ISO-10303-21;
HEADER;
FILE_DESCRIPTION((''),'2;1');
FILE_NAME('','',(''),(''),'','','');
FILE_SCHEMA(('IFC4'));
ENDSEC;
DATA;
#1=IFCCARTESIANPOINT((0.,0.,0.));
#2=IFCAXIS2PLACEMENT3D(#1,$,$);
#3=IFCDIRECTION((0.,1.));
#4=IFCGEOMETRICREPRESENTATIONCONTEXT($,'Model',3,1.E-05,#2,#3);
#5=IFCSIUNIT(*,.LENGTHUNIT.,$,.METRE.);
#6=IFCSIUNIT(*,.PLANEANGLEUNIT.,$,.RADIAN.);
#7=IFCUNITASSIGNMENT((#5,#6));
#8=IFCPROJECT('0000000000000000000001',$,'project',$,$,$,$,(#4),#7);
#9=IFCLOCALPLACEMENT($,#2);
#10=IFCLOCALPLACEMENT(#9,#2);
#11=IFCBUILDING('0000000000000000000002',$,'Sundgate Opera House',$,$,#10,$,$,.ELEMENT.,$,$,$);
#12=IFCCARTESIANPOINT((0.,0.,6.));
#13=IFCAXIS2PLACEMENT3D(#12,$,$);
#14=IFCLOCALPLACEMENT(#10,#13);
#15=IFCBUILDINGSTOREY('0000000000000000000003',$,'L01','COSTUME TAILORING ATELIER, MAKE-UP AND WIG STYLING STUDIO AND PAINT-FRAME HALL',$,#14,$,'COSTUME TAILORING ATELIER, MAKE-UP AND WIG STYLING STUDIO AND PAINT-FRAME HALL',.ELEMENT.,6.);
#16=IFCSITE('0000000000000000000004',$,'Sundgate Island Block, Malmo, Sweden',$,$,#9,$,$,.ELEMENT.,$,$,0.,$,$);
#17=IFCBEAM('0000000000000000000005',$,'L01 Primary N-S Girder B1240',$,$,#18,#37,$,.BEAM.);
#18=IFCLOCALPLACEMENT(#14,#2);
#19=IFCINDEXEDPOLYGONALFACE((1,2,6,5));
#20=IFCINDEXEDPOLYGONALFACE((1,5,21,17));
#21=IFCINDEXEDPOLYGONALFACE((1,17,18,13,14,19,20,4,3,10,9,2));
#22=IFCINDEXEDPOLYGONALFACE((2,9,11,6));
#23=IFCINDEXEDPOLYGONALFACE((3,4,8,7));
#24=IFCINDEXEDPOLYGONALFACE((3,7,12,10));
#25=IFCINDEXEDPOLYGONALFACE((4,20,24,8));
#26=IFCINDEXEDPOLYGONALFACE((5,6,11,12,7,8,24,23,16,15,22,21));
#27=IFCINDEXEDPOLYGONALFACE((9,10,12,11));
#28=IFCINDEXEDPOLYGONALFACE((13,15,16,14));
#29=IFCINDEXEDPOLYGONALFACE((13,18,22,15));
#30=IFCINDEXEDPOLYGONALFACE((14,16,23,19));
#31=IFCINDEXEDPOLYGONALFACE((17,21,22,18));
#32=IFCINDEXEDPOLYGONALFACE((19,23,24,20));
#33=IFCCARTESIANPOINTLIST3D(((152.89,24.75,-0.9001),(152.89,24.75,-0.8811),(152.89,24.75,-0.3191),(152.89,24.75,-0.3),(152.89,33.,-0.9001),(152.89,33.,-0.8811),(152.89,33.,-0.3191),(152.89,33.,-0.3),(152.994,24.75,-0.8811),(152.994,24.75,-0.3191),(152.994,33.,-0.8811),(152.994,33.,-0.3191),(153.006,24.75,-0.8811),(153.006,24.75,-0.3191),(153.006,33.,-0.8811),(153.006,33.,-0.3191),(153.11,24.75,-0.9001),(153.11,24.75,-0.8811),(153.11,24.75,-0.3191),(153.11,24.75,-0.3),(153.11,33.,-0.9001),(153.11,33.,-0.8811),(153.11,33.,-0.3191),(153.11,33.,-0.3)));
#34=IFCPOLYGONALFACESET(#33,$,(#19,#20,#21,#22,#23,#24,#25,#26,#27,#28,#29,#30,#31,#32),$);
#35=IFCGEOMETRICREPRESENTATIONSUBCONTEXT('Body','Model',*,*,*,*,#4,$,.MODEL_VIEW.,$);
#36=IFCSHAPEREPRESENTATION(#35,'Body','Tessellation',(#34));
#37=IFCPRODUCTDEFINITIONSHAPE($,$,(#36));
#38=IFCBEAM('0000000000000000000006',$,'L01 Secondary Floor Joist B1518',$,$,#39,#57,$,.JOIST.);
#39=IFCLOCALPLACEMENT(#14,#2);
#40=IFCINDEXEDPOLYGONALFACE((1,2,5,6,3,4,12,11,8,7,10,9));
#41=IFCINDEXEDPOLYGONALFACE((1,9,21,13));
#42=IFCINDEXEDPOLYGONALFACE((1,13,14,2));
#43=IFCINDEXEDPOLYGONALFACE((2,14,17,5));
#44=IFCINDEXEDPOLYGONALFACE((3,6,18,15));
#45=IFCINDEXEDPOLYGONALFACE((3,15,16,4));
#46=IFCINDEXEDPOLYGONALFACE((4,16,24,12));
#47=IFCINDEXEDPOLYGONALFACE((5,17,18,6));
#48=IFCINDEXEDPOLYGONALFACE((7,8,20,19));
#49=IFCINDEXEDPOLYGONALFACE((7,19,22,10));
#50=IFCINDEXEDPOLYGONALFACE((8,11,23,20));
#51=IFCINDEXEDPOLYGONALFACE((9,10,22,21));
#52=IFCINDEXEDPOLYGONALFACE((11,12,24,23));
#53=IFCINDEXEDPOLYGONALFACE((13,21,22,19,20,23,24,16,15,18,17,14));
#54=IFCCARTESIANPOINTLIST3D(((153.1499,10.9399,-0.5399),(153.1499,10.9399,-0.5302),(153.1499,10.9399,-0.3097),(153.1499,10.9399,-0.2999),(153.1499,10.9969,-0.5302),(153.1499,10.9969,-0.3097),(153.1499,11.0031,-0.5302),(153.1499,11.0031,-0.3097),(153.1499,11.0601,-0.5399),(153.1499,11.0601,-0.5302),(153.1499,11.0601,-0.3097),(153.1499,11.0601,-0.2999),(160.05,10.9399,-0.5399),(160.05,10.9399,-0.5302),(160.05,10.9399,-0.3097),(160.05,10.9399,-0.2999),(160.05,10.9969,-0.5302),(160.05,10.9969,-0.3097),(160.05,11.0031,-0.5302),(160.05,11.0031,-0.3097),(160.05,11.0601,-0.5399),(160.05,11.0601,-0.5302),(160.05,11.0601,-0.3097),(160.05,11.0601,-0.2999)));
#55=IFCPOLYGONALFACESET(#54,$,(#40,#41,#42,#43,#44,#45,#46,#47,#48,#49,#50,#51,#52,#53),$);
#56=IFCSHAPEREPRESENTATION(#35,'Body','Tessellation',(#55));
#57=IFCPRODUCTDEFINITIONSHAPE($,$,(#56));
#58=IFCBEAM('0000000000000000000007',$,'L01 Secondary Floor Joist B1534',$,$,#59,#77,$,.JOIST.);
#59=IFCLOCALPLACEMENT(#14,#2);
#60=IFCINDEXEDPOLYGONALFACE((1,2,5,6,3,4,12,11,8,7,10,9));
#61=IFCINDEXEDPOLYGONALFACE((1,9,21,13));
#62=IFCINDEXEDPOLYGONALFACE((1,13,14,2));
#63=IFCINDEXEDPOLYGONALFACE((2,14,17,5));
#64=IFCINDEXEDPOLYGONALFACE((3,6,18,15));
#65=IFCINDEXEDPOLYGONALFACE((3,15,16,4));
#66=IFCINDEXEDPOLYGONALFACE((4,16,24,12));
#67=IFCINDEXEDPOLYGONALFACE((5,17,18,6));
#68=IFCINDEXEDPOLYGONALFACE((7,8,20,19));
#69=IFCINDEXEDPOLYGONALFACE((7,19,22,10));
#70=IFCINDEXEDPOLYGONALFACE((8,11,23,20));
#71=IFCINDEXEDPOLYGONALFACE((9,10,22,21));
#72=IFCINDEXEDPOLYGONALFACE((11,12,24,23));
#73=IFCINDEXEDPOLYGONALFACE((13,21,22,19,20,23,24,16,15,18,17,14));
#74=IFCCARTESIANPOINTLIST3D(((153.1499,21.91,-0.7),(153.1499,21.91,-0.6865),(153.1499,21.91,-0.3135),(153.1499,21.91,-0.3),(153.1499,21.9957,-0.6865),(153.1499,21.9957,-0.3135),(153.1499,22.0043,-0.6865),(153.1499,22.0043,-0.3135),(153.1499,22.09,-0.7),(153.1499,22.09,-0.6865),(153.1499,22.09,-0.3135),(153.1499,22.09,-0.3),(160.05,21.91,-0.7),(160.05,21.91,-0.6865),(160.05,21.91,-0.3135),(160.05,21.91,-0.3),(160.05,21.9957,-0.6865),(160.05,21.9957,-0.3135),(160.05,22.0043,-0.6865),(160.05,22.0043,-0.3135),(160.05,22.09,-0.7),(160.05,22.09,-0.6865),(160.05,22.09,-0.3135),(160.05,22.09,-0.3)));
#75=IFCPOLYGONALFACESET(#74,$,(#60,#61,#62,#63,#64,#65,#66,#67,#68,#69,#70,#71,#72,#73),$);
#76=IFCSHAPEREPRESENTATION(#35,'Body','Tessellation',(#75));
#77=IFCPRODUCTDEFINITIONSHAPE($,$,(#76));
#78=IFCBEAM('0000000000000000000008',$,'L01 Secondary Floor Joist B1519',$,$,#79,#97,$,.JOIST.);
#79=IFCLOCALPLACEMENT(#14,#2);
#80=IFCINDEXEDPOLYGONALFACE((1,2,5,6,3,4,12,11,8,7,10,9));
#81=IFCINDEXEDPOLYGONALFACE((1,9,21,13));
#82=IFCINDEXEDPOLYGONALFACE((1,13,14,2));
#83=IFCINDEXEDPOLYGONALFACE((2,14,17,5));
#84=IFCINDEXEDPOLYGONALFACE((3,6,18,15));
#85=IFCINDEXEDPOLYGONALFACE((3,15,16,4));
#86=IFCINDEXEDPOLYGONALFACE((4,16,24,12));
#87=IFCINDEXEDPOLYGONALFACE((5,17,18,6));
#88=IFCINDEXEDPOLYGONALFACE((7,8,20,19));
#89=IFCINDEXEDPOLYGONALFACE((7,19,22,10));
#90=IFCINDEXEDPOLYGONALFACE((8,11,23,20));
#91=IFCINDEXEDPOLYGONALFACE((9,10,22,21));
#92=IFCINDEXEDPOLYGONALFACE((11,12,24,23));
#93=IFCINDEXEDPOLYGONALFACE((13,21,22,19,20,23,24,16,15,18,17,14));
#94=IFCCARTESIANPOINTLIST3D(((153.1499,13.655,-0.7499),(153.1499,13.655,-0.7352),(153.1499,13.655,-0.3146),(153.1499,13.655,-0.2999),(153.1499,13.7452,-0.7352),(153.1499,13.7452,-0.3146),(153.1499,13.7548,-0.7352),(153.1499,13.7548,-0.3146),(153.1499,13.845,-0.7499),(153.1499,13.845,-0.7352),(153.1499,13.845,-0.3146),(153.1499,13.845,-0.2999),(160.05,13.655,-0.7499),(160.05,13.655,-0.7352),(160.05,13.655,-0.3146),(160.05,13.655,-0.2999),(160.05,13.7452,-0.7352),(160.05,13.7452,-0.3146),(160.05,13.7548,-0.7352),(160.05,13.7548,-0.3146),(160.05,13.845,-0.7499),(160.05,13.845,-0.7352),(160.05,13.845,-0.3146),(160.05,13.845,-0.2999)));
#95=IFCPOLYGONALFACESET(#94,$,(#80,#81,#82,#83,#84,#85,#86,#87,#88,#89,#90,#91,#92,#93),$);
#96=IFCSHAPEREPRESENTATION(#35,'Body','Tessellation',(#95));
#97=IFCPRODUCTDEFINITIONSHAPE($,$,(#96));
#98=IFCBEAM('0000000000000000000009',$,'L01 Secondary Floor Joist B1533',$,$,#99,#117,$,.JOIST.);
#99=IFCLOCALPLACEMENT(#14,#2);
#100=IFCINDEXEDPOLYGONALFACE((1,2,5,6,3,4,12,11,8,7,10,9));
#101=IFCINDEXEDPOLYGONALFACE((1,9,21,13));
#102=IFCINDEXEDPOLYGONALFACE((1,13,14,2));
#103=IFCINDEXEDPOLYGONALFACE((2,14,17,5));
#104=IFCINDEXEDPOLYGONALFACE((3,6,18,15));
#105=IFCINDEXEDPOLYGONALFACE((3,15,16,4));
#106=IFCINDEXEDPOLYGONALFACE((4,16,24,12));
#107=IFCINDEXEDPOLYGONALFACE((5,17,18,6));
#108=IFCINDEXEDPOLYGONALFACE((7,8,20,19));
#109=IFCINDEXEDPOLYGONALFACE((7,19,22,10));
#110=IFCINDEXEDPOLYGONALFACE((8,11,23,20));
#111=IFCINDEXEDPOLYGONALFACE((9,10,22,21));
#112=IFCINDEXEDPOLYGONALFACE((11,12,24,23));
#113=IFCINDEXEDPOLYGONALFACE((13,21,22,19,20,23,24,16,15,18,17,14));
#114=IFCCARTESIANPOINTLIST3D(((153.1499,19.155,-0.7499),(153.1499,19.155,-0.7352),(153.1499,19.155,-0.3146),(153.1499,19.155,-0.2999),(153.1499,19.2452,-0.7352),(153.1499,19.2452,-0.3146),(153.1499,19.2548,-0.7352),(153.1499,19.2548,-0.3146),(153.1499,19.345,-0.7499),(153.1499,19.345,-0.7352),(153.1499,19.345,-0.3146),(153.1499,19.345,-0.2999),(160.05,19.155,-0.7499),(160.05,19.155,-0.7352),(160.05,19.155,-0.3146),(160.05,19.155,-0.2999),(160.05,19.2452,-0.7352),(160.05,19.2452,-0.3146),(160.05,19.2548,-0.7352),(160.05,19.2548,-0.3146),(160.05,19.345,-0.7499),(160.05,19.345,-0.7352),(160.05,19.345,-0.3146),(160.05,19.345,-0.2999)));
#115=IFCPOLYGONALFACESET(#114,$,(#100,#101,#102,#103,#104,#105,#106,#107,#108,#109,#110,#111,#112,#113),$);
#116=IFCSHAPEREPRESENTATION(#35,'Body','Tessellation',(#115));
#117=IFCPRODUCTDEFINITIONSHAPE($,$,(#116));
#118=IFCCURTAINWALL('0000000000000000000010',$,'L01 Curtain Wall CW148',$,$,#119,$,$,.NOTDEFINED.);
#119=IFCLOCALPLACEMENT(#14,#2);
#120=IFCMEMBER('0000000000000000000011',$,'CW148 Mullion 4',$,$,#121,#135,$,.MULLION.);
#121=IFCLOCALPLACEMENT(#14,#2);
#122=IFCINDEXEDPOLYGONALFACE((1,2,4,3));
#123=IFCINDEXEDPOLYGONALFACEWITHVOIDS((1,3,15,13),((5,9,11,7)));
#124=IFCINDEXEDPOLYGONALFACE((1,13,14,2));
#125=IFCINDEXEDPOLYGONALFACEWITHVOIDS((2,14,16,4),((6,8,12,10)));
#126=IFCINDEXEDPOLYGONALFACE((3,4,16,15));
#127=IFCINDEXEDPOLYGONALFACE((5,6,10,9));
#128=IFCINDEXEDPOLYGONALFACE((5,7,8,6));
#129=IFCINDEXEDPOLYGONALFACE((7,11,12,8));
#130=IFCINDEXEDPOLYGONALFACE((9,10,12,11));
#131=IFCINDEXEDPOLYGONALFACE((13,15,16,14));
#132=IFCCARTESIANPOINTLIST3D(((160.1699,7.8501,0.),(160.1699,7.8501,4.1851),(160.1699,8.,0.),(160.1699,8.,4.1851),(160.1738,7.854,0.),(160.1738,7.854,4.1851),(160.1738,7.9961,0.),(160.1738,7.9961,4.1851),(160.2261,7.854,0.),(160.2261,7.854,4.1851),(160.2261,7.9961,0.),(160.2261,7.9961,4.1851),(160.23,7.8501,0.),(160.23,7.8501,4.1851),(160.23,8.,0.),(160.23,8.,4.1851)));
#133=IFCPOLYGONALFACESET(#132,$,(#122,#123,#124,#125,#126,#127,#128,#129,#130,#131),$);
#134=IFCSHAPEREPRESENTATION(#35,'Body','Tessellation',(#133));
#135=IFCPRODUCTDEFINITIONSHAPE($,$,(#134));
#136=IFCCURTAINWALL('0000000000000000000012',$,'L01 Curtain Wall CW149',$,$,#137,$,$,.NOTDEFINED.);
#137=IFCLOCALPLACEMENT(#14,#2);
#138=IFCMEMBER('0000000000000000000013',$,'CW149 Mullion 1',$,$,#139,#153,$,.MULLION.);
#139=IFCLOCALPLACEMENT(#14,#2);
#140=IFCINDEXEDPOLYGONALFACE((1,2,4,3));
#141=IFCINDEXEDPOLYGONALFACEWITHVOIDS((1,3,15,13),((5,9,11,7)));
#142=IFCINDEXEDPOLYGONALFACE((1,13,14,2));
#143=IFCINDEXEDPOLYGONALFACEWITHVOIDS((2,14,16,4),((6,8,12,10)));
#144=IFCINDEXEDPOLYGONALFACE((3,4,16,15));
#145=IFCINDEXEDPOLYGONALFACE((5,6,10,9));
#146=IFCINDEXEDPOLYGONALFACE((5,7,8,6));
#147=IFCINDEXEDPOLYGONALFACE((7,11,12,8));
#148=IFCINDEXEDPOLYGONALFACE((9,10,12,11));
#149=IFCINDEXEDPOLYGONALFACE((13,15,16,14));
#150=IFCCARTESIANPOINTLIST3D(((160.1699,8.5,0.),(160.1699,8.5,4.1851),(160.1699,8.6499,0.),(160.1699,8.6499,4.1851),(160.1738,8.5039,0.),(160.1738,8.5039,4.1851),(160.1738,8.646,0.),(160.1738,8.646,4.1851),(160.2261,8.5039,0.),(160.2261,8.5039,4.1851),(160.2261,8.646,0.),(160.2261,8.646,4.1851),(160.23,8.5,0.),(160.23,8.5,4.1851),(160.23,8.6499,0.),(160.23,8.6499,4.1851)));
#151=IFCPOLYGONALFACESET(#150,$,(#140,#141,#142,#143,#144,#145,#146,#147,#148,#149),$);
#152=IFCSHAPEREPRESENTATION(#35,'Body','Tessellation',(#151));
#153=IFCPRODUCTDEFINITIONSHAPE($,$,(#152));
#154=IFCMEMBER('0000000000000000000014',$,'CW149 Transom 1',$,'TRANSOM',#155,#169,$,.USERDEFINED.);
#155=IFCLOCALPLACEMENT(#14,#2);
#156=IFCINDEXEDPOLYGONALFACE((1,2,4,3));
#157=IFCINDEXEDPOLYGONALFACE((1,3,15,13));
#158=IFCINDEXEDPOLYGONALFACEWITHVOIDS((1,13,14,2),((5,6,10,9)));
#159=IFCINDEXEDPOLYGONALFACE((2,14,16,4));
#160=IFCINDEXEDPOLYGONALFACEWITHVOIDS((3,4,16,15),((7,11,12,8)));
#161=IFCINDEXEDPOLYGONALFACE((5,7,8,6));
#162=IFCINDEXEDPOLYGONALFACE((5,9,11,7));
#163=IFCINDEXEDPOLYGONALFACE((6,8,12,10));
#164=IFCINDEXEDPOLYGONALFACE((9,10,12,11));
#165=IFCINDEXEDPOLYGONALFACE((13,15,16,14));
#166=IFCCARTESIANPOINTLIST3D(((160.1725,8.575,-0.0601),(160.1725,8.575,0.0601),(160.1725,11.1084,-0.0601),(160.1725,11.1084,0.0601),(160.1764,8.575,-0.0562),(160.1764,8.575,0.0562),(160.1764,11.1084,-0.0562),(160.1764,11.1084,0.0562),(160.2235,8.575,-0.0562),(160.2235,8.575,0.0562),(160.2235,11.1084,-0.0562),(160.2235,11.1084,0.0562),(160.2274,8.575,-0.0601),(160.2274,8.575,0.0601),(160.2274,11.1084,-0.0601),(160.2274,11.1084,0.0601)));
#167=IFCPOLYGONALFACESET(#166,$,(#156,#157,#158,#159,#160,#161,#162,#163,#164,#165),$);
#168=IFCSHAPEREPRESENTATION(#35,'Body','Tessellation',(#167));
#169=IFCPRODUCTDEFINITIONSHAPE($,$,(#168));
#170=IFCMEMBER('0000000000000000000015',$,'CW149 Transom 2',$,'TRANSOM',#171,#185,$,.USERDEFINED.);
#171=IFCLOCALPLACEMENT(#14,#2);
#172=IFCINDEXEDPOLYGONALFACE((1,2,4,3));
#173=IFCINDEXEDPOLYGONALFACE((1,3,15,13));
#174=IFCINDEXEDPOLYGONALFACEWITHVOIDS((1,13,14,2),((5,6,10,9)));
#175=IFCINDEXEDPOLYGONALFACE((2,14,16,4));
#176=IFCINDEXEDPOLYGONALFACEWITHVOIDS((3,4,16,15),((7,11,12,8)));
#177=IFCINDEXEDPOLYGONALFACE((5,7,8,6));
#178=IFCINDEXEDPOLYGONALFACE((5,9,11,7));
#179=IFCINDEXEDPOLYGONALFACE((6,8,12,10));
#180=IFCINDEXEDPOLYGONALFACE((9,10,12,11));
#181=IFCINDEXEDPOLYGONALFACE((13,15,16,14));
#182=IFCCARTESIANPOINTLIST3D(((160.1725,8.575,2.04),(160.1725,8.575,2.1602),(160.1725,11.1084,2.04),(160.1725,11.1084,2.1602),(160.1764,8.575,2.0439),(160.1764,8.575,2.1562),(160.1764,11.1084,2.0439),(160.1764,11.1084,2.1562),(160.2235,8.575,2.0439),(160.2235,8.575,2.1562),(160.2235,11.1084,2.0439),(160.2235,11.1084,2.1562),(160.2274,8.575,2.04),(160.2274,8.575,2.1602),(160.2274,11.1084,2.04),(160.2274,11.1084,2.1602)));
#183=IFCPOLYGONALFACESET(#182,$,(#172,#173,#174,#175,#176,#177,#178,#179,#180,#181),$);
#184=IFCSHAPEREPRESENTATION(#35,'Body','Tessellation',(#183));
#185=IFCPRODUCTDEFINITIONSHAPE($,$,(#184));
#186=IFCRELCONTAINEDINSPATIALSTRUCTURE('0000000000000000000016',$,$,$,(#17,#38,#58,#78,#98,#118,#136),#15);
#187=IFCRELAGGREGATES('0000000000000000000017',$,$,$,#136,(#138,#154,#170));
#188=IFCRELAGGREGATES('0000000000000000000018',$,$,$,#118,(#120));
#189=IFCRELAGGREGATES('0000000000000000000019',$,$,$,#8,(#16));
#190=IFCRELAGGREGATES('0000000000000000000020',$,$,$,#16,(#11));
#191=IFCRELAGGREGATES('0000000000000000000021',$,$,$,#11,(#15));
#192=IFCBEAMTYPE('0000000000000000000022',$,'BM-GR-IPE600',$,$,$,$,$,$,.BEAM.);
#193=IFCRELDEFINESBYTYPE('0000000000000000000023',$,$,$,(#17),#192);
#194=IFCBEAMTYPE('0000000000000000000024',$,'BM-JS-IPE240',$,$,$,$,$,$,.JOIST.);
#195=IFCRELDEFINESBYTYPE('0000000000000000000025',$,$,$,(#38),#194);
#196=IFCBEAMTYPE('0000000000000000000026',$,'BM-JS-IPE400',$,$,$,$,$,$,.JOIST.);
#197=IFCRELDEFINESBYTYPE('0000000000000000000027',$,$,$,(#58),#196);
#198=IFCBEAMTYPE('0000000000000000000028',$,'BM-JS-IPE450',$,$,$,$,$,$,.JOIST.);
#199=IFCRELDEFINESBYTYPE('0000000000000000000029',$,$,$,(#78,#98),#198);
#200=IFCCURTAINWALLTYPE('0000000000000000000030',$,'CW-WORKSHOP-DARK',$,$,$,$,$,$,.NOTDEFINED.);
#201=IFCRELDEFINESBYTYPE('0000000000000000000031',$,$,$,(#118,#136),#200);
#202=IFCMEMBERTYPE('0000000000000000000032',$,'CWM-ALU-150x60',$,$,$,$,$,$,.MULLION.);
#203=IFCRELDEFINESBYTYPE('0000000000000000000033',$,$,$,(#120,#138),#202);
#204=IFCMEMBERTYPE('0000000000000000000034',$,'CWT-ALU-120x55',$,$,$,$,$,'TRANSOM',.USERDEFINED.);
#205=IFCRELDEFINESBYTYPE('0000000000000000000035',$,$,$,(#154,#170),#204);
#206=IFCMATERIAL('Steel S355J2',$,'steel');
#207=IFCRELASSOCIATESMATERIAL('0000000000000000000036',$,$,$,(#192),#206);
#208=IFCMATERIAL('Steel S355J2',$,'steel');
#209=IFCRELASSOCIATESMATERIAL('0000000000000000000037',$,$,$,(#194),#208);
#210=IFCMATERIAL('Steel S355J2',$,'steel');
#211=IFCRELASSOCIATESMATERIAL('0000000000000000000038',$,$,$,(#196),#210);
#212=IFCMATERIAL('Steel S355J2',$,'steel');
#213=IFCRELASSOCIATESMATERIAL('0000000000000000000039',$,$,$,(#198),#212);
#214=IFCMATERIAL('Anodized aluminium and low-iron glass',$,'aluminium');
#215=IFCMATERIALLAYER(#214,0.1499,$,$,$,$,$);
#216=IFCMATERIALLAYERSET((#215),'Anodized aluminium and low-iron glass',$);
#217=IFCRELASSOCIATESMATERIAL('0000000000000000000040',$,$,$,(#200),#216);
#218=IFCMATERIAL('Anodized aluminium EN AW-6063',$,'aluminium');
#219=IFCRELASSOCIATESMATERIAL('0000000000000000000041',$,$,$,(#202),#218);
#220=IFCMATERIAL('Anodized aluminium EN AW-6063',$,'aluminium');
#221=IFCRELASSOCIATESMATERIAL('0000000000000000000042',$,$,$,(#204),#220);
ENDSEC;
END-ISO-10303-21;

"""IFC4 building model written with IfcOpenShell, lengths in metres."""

from ifc_helpers import new_model, si_unit, direction, frame, origin, origin_2d, place, context, subcontext, project, spatial, hollow_rectangle, i_section, extrude, material, layer, layer_set, material_profile, profile_set, type_object, element, aggregate, save


model = new_model("IFC4")

# Units and contexts
model_context = context("Model", 3, precision=1e-05, world=origin(), true_north=direction((0.0, 1.0)))
body_context = subcontext(model_context, "Body", "Model", "MODEL_VIEW")
ifc_project = project(units=[si_unit("LENGTHUNIT", "METRE"), si_unit("PLANEANGLEUNIT", "RADIAN")], contexts=[model_context])

# Site, building, storey
site_placement = place(None, origin())
site = spatial("IfcSite", under=ifc_project, at=site_placement, Name="Sundgate Island Block, Malmo, Sweden", CompositionType="ELEMENT", RefElevation=0.0)
building_placement = place(site_placement, origin())
building = spatial("IfcBuilding", under=site, at=building_placement, Name="Sundgate Opera House", CompositionType="ELEMENT")
storey_placement = place(building_placement, frame((0.0, 0.0, 6.0)))
storey = spatial("IfcBuildingStorey", under=building, at=storey_placement, Name="L01", Description="COSTUME TAILORING ATELIER, MAKE-UP AND WIG STYLING STUDIO AND PAINT-FRAME HALL", LongName="COSTUME TAILORING ATELIER, MAKE-UP AND WIG STYLING STUDIO AND PAINT-FRAME HALL", CompositionType="ELEMENT", Elevation=6.0)

# Beams
ifc_material_1 = material(Name="Steel S355J2", Category="steel")
ifc_material_profile_1 = material_profile(ifc_material_1, i_section(OverallWidth=0.22, OverallDepth=0.6001, WebThickness=0.012, FlangeThickness=0.019, at=origin_2d()), Name="IPE 600")
ifc_profile_set_1 = profile_set([ifc_material_profile_1], Name="Steel S355J2")
beam_type_1 = type_object("IfcBeamType", Name="BM-GR-IPE600", PredefinedType="BEAM", material=ifc_profile_set_1)
beam_1_placement = place(storey_placement, frame((153.0, 24.75, -0.6001), z_axis=(0.0, 1.0, 0.0), x_axis=(-1.0, 0.0, 0.0)))
element("IfcBeam", 1, at=beam_1_placement, inside=storey, type_object=beam_type_1, Name="L01 Primary N-S Girder B1240", PredefinedType="BEAM", context=body_context, shape_type="SweptSolid", body=[
    extrude(i_section(OverallWidth=0.22, OverallDepth=0.6001, WebThickness=0.012, FlangeThickness=0.019, at=origin_2d()), origin(), (0.0, 0.0, 1.0), 8.25),
])
ifc_material_2 = material(Name="Steel S355J2", Category="steel")
ifc_material_profile_2 = material_profile(ifc_material_2, i_section(OverallWidth=0.1201, OverallDepth=0.24, WebThickness=0.0061, FlangeThickness=0.0098, at=origin_2d()), Name="IPE 240")
ifc_profile_set_2 = profile_set([ifc_material_profile_2], Name="Steel S355J2")
beam_type_2 = type_object("IfcBeamType", Name="BM-JS-IPE240", PredefinedType="JOIST", material=ifc_profile_set_2)
beam_2_placement = place(storey_placement, frame((153.1499, 11.0, -0.4199), z_axis=(1.0, 0.0, 0.0), x_axis=(0.0, 1.0, 0.0)))
element("IfcBeam", 2, at=beam_2_placement, inside=storey, type_object=beam_type_2, Name="L01 Secondary Floor Joist B1518", PredefinedType="JOIST", context=body_context, shape_type="SweptSolid", body=[
    extrude(i_section(OverallWidth=0.1201, OverallDepth=0.24, WebThickness=0.0061, FlangeThickness=0.0098, at=origin_2d()), origin(), (0.0, 0.0, 1.0), 6.9001),
])
ifc_material_3 = material(Name="Steel S355J2", Category="steel")
ifc_material_profile_3 = material_profile(ifc_material_3, i_section(OverallWidth=0.1799, OverallDepth=0.3999, WebThickness=0.0085, FlangeThickness=0.0134, at=origin_2d()), Name="IPE 400")
ifc_profile_set_3 = profile_set([ifc_material_profile_3], Name="Steel S355J2")
beam_type_3 = type_object("IfcBeamType", Name="BM-JS-IPE400", PredefinedType="JOIST", material=ifc_profile_set_3)
beam_3_placement = place(storey_placement, frame((153.1499, 22.0, -0.5), z_axis=(1.0, 0.0, 0.0), x_axis=(0.0, 1.0, 0.0)))
element("IfcBeam", 3, at=beam_3_placement, inside=storey, type_object=beam_type_3, Name="L01 Secondary Floor Joist B1534", PredefinedType="JOIST", context=body_context, shape_type="SweptSolid", body=[
    extrude(i_section(OverallWidth=0.1799, OverallDepth=0.3999, WebThickness=0.0085, FlangeThickness=0.0134, at=origin_2d()), origin(), (0.0, 0.0, 1.0), 6.9001),
])
ifc_material_4 = material(Name="Steel S355J2", Category="steel")
ifc_material_profile_4 = material_profile(ifc_material_4, i_section(OverallWidth=0.1899, OverallDepth=0.45, WebThickness=0.0095, FlangeThickness=0.0146, at=origin_2d()), Name="IPE 450")
ifc_profile_set_4 = profile_set([ifc_material_profile_4], Name="Steel S355J2")
beam_type_4 = type_object("IfcBeamType", Name="BM-JS-IPE450", PredefinedType="JOIST", material=ifc_profile_set_4)
for number, where, z_axis, x_axis, name in (
    (4, (153.1499, 13.75, -0.5249), (1.0, 0.0, 0.0), (0.0, 1.0, 0.0), "L01 Secondary Floor Joist B1519"),
    (5, (153.1499, 19.25, -0.5249), (1.0, 0.0, 0.0), (0.0, 1.0, 0.0), "L01 Secondary Floor Joist B1533"),
):
    element("IfcBeam", number, at=place(storey_placement, frame(where, z_axis=z_axis, x_axis=x_axis)), inside=storey, type_object=beam_type_4, Name=name, PredefinedType="JOIST", context=body_context, shape_type="SweptSolid", body=[
        extrude(i_section(OverallWidth=0.1899, OverallDepth=0.45, WebThickness=0.0095, FlangeThickness=0.0146, at=origin_2d()), origin(), (0.0, 0.0, 1.0), 6.9001),
    ])

# Curtain wall, member
ifc_material_5 = material(Name="Anodized aluminium and low-iron glass", Category="aluminium")
ifc_layer_1 = layer(ifc_material_5, 0.1499)
ifc_layer_set_1 = layer_set([ifc_layer_1], Name="Anodized aluminium and low-iron glass")
curtain_wall_type = type_object("IfcCurtainWallType", Name="CW-WORKSHOP-DARK", PredefinedType="NOTDEFINED", material=ifc_layer_set_1)
curtain_wall_1_placement = place(storey_placement, origin())
curtain_wall_1 = element("IfcCurtainWall", 6, at=curtain_wall_1_placement, inside=storey, type_object=curtain_wall_type, Name="L01 Curtain Wall CW148", PredefinedType="NOTDEFINED")
ifc_material_6 = material(Name="Anodized aluminium EN AW-6063", Category="aluminium")
ifc_material_profile_5 = material_profile(ifc_material_6, hollow_rectangle(XDim=0.0601, YDim=0.1499, WallThickness=0.0039, at=origin_2d()), Name="CWM 150x60x4")
ifc_profile_set_5 = profile_set([ifc_material_profile_5], Name="Anodized aluminium EN AW-6063")
member_type_1 = type_object("IfcMemberType", Name="CWM-ALU-150x60", PredefinedType="MULLION", material=ifc_profile_set_5)
member_1_placement = place(storey_placement, frame((160.2, 7.925, 0.0), z_axis=(0.0, 0.0, 1.0), x_axis=(1.0, 0.0, 0.0)))
member_1 = element("IfcMember", 7, at=member_1_placement, type_object=member_type_1, Name="CW148 Mullion 4", PredefinedType="MULLION", context=body_context, shape_type="SweptSolid", body=[
    extrude(hollow_rectangle(XDim=0.0601, YDim=0.1499, WallThickness=0.0039, at=origin_2d()), origin(), (0.0, 0.0, 1.0), 4.1851),
])

# Curtain wall, members
curtain_wall_2_placement = place(storey_placement, origin())
curtain_wall_2 = element("IfcCurtainWall", 8, at=curtain_wall_2_placement, inside=storey, type_object=curtain_wall_type, Name="L01 Curtain Wall CW149", PredefinedType="NOTDEFINED")
member_2_placement = place(storey_placement, frame((160.2, 8.575, 0.0), z_axis=(0.0, 0.0, 1.0), x_axis=(1.0, 0.0, 0.0)))
member_2 = element("IfcMember", 9, at=member_2_placement, type_object=member_type_1, Name="CW149 Mullion 1", PredefinedType="MULLION", context=body_context, shape_type="SweptSolid", body=[
    extrude(hollow_rectangle(XDim=0.0601, YDim=0.1499, WallThickness=0.0039, at=origin_2d()), origin(), (0.0, 0.0, 1.0), 4.1851),
])
ifc_material_7 = material(Name="Anodized aluminium EN AW-6063", Category="aluminium")
ifc_material_profile_6 = material_profile(ifc_material_7, hollow_rectangle(XDim=0.0549, YDim=0.1201, WallThickness=0.0039, at=origin_2d()), Name="CWT 120x55x4")
ifc_profile_set_6 = profile_set([ifc_material_profile_6], Name="Anodized aluminium EN AW-6063")
member_type_2 = type_object("IfcMemberType", Name="CWT-ALU-120x55", ElementType="TRANSOM", PredefinedType="USERDEFINED", material=ifc_profile_set_6)
member_3_placement = place(storey_placement, frame((160.2, 8.575, 0.0), z_axis=(0.0, 1.0, 0.0), x_axis=(-1.0, 0.0, 0.0)))
member_3 = element("IfcMember", 10, at=member_3_placement, type_object=member_type_2, Name="CW149 Transom 1", ObjectType="TRANSOM", PredefinedType="USERDEFINED", context=body_context, shape_type="SweptSolid", body=[
    extrude(hollow_rectangle(XDim=0.0549, YDim=0.1201, WallThickness=0.0039, at=origin_2d()), origin(), (0.0, 0.0, 1.0), 2.5334),
])
member_4_placement = place(storey_placement, frame((160.2, 8.575, 2.1001), z_axis=(0.0, 1.0, 0.0), x_axis=(-1.0, 0.0, 0.0)))
member_4 = element("IfcMember", 11, at=member_4_placement, type_object=member_type_2, Name="CW149 Transom 2", ObjectType="TRANSOM", PredefinedType="USERDEFINED", context=body_context, shape_type="SweptSolid", body=[
    extrude(hollow_rectangle(XDim=0.0549, YDim=0.1201, WallThickness=0.0039, at=origin_2d()), origin(), (0.0, 0.0, 1.0), 2.5334),
])
aggregate(curtain_wall_2, [member_2, member_3, member_4])

aggregate(curtain_wall_1, [member_1])

save(model, "model.ifc")
